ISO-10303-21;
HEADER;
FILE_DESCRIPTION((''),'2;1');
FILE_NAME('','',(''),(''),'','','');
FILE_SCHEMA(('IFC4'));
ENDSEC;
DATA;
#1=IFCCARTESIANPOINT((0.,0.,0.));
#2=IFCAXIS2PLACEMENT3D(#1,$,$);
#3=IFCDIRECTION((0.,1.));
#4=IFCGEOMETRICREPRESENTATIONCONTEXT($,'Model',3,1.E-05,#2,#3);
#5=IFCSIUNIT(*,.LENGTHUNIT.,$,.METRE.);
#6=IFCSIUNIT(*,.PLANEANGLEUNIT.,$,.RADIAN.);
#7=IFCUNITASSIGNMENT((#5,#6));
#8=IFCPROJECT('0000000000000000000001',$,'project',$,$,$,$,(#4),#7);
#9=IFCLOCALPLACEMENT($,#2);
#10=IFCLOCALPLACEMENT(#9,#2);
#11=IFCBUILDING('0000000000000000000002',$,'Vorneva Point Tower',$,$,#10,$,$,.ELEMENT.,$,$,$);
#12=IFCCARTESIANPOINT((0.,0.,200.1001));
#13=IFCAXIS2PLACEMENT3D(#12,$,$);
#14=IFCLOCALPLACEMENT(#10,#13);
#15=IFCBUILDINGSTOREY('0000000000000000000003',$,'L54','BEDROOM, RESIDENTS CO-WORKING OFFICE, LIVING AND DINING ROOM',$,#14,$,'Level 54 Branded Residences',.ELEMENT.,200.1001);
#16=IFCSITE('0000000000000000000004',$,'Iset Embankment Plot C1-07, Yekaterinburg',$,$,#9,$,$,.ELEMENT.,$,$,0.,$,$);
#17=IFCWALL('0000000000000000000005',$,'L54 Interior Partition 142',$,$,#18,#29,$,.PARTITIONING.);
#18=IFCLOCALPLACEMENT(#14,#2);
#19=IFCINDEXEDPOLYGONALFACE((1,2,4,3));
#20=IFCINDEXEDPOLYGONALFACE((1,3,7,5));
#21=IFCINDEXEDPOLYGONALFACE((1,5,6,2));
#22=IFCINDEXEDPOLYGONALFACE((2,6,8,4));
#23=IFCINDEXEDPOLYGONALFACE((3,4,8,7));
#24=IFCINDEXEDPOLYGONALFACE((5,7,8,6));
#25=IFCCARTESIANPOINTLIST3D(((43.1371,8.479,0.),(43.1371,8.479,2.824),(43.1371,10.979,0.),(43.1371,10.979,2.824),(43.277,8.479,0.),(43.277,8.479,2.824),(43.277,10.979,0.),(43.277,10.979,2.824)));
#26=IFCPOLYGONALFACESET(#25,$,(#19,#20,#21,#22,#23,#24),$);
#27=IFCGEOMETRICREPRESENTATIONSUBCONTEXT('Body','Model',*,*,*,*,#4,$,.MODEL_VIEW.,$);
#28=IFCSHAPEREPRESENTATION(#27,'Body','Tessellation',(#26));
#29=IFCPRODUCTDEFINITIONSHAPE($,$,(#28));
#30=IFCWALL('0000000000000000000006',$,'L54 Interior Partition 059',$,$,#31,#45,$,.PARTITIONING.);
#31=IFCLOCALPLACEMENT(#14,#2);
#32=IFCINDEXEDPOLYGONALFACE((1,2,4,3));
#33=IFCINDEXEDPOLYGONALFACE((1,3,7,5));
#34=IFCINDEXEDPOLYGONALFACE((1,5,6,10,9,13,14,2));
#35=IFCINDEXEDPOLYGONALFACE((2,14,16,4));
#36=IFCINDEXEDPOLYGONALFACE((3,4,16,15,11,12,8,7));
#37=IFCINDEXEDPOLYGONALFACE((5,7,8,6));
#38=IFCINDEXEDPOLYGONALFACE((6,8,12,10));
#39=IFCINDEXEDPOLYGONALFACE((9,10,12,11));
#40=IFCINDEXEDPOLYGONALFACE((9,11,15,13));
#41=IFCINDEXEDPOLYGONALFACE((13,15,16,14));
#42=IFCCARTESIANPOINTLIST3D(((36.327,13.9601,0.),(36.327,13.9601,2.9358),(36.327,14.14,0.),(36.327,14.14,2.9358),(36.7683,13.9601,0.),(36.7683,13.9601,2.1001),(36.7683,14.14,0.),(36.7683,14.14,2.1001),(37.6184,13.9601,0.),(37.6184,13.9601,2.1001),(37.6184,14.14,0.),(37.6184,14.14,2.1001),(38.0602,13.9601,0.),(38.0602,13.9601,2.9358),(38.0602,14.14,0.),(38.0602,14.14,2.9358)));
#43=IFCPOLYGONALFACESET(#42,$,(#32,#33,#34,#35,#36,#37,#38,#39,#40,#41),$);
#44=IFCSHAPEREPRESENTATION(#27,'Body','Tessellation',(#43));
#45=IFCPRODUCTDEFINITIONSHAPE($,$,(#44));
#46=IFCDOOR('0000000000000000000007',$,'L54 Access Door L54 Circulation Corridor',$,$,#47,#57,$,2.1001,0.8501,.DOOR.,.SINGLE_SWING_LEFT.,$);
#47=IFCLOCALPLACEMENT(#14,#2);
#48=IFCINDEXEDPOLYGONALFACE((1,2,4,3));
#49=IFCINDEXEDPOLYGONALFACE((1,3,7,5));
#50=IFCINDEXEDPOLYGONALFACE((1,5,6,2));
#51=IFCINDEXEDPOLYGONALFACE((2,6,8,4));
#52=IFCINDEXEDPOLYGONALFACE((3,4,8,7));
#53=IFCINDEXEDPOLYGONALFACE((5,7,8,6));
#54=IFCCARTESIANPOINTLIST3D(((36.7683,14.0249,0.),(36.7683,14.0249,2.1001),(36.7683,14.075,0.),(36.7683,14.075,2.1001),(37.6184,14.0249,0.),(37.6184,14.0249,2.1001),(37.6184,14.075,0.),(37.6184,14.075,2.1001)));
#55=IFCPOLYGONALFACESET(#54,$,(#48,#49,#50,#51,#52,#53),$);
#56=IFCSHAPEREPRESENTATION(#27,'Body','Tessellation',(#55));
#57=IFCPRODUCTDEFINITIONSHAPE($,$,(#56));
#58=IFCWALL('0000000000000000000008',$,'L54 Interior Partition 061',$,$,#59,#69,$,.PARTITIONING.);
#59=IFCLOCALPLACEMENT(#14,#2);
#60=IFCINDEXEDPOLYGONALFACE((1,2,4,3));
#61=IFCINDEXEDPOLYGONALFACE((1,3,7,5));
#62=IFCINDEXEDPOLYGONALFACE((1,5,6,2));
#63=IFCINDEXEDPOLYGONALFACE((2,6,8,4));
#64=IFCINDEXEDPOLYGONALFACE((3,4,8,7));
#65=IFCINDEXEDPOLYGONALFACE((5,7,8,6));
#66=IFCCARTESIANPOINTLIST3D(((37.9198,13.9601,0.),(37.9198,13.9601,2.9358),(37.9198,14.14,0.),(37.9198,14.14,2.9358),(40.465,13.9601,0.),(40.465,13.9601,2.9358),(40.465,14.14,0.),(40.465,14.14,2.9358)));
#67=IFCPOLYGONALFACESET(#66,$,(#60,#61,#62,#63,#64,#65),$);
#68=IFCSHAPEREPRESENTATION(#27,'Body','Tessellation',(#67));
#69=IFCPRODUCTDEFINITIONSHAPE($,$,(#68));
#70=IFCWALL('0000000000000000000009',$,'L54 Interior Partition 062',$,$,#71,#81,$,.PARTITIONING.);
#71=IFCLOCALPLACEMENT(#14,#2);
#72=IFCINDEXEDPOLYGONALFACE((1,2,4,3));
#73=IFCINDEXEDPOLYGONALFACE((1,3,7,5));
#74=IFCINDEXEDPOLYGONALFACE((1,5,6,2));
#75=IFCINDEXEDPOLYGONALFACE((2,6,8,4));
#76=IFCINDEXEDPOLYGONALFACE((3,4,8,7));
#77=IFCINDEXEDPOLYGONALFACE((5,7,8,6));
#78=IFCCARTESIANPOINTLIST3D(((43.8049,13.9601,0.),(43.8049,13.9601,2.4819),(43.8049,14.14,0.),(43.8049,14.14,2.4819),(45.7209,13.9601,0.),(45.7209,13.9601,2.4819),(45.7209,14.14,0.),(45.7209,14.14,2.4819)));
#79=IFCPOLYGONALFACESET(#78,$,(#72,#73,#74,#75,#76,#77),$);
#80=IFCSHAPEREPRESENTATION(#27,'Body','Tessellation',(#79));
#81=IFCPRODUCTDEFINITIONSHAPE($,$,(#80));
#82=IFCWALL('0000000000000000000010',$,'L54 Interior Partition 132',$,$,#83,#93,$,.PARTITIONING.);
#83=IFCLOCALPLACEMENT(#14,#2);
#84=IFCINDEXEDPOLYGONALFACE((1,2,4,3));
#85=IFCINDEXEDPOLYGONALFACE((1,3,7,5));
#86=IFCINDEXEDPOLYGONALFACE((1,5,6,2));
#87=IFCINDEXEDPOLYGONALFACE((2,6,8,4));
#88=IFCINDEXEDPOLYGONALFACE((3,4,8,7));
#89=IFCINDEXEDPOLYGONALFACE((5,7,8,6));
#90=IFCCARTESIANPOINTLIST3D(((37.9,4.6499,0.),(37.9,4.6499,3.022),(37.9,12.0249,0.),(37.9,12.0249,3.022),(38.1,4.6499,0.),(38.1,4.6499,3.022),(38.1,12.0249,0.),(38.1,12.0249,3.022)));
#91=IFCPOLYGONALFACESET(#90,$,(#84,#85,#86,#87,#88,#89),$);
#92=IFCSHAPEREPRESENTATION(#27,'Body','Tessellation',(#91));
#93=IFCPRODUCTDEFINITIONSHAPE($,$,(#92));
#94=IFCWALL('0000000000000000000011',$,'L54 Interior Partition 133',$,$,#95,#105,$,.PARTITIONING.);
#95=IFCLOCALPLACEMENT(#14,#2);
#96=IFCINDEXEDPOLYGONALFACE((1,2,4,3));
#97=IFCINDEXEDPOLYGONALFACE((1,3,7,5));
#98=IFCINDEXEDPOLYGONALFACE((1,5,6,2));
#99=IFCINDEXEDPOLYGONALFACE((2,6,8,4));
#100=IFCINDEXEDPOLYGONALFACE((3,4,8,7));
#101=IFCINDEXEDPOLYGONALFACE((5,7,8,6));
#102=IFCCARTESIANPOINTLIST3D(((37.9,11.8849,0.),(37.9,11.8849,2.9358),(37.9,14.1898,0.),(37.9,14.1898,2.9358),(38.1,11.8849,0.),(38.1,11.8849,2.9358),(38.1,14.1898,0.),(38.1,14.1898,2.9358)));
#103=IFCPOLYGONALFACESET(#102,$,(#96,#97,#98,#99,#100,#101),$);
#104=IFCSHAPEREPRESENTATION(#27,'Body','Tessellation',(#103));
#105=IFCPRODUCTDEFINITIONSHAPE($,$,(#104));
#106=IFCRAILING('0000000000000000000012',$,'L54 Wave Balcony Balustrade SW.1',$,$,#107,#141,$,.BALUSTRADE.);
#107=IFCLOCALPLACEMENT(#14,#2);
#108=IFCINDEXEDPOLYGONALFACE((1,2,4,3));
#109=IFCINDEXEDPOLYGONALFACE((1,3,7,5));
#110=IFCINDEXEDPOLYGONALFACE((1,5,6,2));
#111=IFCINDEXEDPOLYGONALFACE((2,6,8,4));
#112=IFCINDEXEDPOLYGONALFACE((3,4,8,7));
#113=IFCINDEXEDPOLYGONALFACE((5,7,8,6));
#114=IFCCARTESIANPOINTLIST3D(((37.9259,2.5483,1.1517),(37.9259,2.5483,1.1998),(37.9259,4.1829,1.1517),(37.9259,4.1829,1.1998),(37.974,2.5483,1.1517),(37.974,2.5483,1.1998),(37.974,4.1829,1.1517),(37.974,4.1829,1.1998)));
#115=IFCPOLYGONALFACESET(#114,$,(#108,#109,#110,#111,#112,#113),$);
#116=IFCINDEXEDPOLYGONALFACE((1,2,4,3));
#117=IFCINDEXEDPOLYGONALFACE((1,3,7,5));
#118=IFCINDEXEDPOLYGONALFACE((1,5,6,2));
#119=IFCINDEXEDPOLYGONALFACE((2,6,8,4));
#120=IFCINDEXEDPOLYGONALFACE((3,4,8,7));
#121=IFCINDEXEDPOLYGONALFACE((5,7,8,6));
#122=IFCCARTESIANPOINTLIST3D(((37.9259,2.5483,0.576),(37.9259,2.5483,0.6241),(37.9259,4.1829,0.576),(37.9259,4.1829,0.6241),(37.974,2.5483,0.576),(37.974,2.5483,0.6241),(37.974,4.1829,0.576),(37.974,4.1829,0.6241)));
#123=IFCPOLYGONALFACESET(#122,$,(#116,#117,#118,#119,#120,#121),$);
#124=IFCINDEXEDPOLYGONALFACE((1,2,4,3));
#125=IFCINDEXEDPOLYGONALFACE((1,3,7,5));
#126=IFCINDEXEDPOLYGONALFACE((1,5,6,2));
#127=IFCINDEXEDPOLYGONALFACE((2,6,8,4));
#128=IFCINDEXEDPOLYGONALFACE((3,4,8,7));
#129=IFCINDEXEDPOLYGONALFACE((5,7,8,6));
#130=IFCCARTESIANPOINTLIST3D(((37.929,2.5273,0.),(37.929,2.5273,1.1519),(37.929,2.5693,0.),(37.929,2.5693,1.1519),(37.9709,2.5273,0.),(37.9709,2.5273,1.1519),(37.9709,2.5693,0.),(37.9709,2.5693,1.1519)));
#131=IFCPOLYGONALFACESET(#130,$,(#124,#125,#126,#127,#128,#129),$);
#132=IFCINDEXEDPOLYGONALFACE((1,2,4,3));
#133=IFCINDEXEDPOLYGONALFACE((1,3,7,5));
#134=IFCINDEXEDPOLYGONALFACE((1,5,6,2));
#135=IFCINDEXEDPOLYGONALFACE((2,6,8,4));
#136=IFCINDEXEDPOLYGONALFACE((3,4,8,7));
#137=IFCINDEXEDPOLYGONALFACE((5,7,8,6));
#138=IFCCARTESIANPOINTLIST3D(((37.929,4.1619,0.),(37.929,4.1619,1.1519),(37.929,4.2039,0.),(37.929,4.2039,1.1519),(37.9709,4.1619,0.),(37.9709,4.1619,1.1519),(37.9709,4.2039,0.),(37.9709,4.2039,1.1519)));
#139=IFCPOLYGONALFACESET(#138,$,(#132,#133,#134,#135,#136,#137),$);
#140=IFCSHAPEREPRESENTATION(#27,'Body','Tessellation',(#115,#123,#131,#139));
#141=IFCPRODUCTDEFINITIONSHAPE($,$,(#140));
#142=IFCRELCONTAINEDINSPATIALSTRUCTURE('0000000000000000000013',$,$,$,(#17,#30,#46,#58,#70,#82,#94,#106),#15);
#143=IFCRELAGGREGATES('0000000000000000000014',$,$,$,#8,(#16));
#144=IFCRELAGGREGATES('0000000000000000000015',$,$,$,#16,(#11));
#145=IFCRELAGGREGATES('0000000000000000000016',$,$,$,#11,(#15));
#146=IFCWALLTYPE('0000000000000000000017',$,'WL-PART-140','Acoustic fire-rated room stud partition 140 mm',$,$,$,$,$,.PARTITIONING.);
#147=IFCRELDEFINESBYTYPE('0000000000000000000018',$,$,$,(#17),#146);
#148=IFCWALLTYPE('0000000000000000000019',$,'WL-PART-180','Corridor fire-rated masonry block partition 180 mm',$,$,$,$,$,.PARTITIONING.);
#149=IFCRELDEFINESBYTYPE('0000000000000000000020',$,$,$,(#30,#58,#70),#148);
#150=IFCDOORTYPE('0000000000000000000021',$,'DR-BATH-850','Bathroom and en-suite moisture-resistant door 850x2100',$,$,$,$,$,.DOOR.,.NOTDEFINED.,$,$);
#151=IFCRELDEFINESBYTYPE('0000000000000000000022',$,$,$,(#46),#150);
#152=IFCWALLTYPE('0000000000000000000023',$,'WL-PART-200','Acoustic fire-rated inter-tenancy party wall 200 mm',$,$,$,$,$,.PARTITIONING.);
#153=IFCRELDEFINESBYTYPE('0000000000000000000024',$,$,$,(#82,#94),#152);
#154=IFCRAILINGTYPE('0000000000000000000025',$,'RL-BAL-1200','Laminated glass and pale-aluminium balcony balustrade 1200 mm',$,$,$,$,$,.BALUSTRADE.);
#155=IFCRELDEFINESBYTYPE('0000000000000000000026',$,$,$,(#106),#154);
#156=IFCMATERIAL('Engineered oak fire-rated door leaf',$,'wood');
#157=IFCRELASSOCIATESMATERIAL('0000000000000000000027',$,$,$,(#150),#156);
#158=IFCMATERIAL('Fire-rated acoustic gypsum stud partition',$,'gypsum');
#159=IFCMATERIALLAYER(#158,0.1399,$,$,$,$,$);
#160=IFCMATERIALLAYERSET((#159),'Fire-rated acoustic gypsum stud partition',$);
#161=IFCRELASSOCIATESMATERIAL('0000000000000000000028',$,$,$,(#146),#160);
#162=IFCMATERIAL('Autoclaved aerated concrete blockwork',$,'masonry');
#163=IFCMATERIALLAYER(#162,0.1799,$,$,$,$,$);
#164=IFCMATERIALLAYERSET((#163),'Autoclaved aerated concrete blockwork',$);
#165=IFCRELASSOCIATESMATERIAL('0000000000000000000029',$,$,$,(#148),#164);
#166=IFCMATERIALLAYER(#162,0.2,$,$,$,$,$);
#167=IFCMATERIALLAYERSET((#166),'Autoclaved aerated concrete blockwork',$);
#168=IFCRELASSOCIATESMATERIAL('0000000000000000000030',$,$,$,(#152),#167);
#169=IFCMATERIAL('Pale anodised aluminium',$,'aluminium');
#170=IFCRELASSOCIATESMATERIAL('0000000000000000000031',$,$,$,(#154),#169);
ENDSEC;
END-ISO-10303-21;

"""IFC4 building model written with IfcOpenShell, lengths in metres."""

from ifc_helpers import new_model, si_unit, direction, frame, frame_2d, origin, origin_2d, place, context, subcontext, project, spatial, rectangle, extrude, material, layer, layer_set, type_object, element, fill, save


model = new_model("IFC4")

# Units and contexts
model_context = context("Model", 3, precision=1e-05, world=origin(), true_north=direction((0.0, 1.0)))
body_context = subcontext(model_context, "Body", "Model", "MODEL_VIEW")
ifc_project = project(units=[si_unit("LENGTHUNIT", "METRE"), si_unit("PLANEANGLEUNIT", "RADIAN")], contexts=[model_context])

# Site, building, storey
site_placement = place(None, origin())
site = spatial("IfcSite", under=ifc_project, at=site_placement, Name="Iset Embankment Plot C1-07, Yekaterinburg", CompositionType="ELEMENT", RefElevation=0.0)
building_placement = place(site_placement, origin())
building = spatial("IfcBuilding", under=site, at=building_placement, Name="Vorneva Point Tower", CompositionType="ELEMENT")
storey_placement = place(building_placement, frame((0.0, 0.0, 200.1001)))
storey = spatial("IfcBuildingStorey", under=building, at=storey_placement, Name="L54", Description="BEDROOM, RESIDENTS CO-WORKING OFFICE, LIVING AND DINING ROOM", LongName="Level 54 Branded Residences", CompositionType="ELEMENT", Elevation=200.1001)

# Shared definitions
ifc_material_1 = material(Name="Pale anodised aluminium", Category="aluminium")

# Shared definitions
ifc_material_2 = material(Name="Fire-rated acoustic gypsum stud partition", Category="gypsum")
ifc_material_3 = material(Name="Engineered oak fire-rated door leaf", Category="wood")
door_type_1 = type_object("IfcDoorType", Name="DR-BATH-850", Description="Bathroom and en-suite moisture-resistant door 850x2100", OperationType="NOTDEFINED", PredefinedType="DOOR", material=ifc_material_3)

# Shared definitions
ifc_layer_1 = layer(ifc_material_2, 0.1399)
ifc_layer_set_1 = layer_set([ifc_layer_1], Name="Fire-rated acoustic gypsum stud partition")
wall_type_1 = type_object("IfcWallType", Name="WL-PART-140", Description="Acoustic fire-rated room stud partition 140 mm", PredefinedType="PARTITIONING", material=ifc_layer_set_1)

# Wall
wall_1_placement = place(storey_placement, frame((43.207, 8.479, 0.0), z_axis=(0.0, 0.0, 1.0), x_axis=(0.0, 1.0, 0.0)))
element("IfcWall", 1, at=wall_1_placement, inside=storey, type_object=wall_type_1, Name="L54 Interior Partition 142", PredefinedType="PARTITIONING", context=body_context, shape_type="SweptSolid", body=[
    extrude(rectangle(XDim=2.5, YDim=0.1399, at=frame_2d((1.25, 0.0))), origin(), (0.0, 0.0, 1.0), 2.824),
])

# Wall, opening, door
ifc_material_4 = material(Name="Autoclaved aerated concrete blockwork", Category="masonry")
ifc_layer_2 = layer(ifc_material_4, 0.1799)
ifc_layer_set_2 = layer_set([ifc_layer_2], Name="Autoclaved aerated concrete blockwork")
wall_type_2 = type_object("IfcWallType", Name="WL-PART-180", Description="Corridor fire-rated masonry block partition 180 mm", PredefinedType="PARTITIONING", material=ifc_layer_set_2)
wall_2_placement = place(storey_placement, frame((36.3269, 14.05, 0.0), z_axis=(0.0, 0.0, 1.0), x_axis=(1.0, 0.0, 0.0)))
wall_2 = element("IfcWall", 2, at=wall_2_placement, inside=storey, type_object=wall_type_2, Name="L54 Interior Partition 059", PredefinedType="PARTITIONING", context=body_context, shape_type="SweptSolid", body=[
    extrude(rectangle(XDim=1.7332, YDim=0.1799, at=frame_2d((0.8667, 0.0))), origin(), (0.0, 0.0, 1.0), 2.9358),
])
opening_1_placement = place(wall_2_placement, frame((0.4414, 0.0, 0.0)))
opening_1 = element("IfcOpeningElement", 3, at=opening_1_placement, cuts=wall_2, PredefinedType="OPENING", context=body_context, shape_type="SweptSolid", body=[
    extrude(rectangle(XDim=0.8501, YDim=2.1001, at=frame_2d((0.425, 1.05))), frame((0.0, 0.105, 0.0), z_axis=(0.0, -1.0, 0.0), x_axis=(1.0, 0.0, 0.0)), (0.0, 0.0, 1.0), 0.2097),
])
door_1_placement = place(opening_1_placement, origin())
door_1 = element("IfcDoor", 4, at=door_1_placement, inside=storey, type_object=door_type_1, Name="L54 Access Door L54 Circulation Corridor", OperationType="SINGLE_SWING_LEFT", OverallHeight=2.1001, OverallWidth=0.8501, PredefinedType="DOOR", context=body_context, shape_type="SweptSolid", body=[
    extrude(rectangle(XDim=0.8501, YDim=2.1001, at=frame_2d((0.425, 1.05))), frame((0.0, 0.0249, 0.0), z_axis=(0.0, -1.0, 0.0), x_axis=(1.0, 0.0, 0.0)), (0.0, 0.0, 1.0), 0.05),
])
fill(opening_1, door_1)

# Walls
wall_3_placement = place(storey_placement, frame((37.9199, 14.05, 0.0), z_axis=(0.0, 0.0, 1.0), x_axis=(1.0, 0.0, 0.0)))
element("IfcWall", 5, at=wall_3_placement, inside=storey, type_object=wall_type_2, Name="L54 Interior Partition 061", PredefinedType="PARTITIONING", context=body_context, shape_type="SweptSolid", body=[
    extrude(rectangle(XDim=2.5452, YDim=0.1799, at=frame_2d((1.2725, 0.0))), origin(), (0.0, 0.0, 1.0), 2.9358),
])
wall_4_placement = place(storey_placement, frame((43.8049, 14.05, 0.0), z_axis=(0.0, 0.0, 1.0), x_axis=(1.0, 0.0, 0.0)))
element("IfcWall", 6, at=wall_4_placement, inside=storey, type_object=wall_type_2, Name="L54 Interior Partition 062", PredefinedType="PARTITIONING", context=body_context, shape_type="SweptSolid", body=[
    extrude(rectangle(XDim=1.916, YDim=0.1799, at=frame_2d((0.958, 0.0))), origin(), (0.0, 0.0, 1.0), 2.4819),
])
ifc_layer_3 = layer(ifc_material_4, 0.2)
ifc_layer_set_3 = layer_set([ifc_layer_3], Name="Autoclaved aerated concrete blockwork")
wall_type_3 = type_object("IfcWallType", Name="WL-PART-200", Description="Acoustic fire-rated inter-tenancy party wall 200 mm", PredefinedType="PARTITIONING", material=ifc_layer_set_3)
wall_5_placement = place(storey_placement, frame((38.0, 4.6499, 0.0), z_axis=(0.0, 0.0, 1.0), x_axis=(0.0, 1.0, 0.0)))
element("IfcWall", 7, at=wall_5_placement, inside=storey, type_object=wall_type_3, Name="L54 Interior Partition 132", PredefinedType="PARTITIONING", context=body_context, shape_type="SweptSolid", body=[
    extrude(rectangle(XDim=7.375, YDim=0.2, at=frame_2d((3.6875, 0.0))), origin(), (0.0, 0.0, 1.0), 3.022),
])
wall_6_placement = place(storey_placement, frame((38.0, 11.885, 0.0), z_axis=(0.0, 0.0, 1.0), x_axis=(0.0, 1.0, 0.0)))
element("IfcWall", 8, at=wall_6_placement, inside=storey, type_object=wall_type_3, Name="L54 Interior Partition 133", PredefinedType="PARTITIONING", context=body_context, shape_type="SweptSolid", body=[
    extrude(rectangle(XDim=2.3049, YDim=0.2, at=frame_2d((1.1523, 0.0))), origin(), (0.0, 0.0, 1.0), 2.9358),
])

# Railing
railing_type = type_object("IfcRailingType", Name="RL-BAL-1200", Description="Laminated glass and pale-aluminium balcony balustrade 1200 mm", PredefinedType="BALUSTRADE", material=ifc_material_1)
railing_placement = place(storey_placement, frame((37.95, 2.5483, 0.0)))
element("IfcRailing", 9, at=railing_placement, inside=storey, type_object=railing_type, Name="L54 Wave Balcony Balustrade SW.1", PredefinedType="BALUSTRADE", context=body_context, shape_type="SweptSolid", body=[
    extrude(rectangle(XDim=0.0481, YDim=0.0481, at=origin_2d()), frame((0.0, 0.0, 1.1758), z_axis=(0.0, 1.0, 0.0), x_axis=(-1.0, 0.0, 0.0)), (0.0, 0.0, 1.0), 1.6345),
    extrude(rectangle(XDim=0.0481, YDim=0.0481, at=origin_2d()), frame((0.0, 0.0, 0.6001), z_axis=(0.0, 1.0, 0.0), x_axis=(-1.0, 0.0, 0.0)), (0.0, 0.0, 1.0), 1.6345),
    extrude(rectangle(XDim=0.042, YDim=0.042, at=origin_2d()), origin(), (0.0, 0.0, 1.0), 1.1519),
    extrude(rectangle(XDim=0.042, YDim=0.042, at=origin_2d()), frame((0.0, 1.6345, 0.0)), (0.0, 0.0, 1.0), 1.1519),
])

save(model, "model.ifc")
